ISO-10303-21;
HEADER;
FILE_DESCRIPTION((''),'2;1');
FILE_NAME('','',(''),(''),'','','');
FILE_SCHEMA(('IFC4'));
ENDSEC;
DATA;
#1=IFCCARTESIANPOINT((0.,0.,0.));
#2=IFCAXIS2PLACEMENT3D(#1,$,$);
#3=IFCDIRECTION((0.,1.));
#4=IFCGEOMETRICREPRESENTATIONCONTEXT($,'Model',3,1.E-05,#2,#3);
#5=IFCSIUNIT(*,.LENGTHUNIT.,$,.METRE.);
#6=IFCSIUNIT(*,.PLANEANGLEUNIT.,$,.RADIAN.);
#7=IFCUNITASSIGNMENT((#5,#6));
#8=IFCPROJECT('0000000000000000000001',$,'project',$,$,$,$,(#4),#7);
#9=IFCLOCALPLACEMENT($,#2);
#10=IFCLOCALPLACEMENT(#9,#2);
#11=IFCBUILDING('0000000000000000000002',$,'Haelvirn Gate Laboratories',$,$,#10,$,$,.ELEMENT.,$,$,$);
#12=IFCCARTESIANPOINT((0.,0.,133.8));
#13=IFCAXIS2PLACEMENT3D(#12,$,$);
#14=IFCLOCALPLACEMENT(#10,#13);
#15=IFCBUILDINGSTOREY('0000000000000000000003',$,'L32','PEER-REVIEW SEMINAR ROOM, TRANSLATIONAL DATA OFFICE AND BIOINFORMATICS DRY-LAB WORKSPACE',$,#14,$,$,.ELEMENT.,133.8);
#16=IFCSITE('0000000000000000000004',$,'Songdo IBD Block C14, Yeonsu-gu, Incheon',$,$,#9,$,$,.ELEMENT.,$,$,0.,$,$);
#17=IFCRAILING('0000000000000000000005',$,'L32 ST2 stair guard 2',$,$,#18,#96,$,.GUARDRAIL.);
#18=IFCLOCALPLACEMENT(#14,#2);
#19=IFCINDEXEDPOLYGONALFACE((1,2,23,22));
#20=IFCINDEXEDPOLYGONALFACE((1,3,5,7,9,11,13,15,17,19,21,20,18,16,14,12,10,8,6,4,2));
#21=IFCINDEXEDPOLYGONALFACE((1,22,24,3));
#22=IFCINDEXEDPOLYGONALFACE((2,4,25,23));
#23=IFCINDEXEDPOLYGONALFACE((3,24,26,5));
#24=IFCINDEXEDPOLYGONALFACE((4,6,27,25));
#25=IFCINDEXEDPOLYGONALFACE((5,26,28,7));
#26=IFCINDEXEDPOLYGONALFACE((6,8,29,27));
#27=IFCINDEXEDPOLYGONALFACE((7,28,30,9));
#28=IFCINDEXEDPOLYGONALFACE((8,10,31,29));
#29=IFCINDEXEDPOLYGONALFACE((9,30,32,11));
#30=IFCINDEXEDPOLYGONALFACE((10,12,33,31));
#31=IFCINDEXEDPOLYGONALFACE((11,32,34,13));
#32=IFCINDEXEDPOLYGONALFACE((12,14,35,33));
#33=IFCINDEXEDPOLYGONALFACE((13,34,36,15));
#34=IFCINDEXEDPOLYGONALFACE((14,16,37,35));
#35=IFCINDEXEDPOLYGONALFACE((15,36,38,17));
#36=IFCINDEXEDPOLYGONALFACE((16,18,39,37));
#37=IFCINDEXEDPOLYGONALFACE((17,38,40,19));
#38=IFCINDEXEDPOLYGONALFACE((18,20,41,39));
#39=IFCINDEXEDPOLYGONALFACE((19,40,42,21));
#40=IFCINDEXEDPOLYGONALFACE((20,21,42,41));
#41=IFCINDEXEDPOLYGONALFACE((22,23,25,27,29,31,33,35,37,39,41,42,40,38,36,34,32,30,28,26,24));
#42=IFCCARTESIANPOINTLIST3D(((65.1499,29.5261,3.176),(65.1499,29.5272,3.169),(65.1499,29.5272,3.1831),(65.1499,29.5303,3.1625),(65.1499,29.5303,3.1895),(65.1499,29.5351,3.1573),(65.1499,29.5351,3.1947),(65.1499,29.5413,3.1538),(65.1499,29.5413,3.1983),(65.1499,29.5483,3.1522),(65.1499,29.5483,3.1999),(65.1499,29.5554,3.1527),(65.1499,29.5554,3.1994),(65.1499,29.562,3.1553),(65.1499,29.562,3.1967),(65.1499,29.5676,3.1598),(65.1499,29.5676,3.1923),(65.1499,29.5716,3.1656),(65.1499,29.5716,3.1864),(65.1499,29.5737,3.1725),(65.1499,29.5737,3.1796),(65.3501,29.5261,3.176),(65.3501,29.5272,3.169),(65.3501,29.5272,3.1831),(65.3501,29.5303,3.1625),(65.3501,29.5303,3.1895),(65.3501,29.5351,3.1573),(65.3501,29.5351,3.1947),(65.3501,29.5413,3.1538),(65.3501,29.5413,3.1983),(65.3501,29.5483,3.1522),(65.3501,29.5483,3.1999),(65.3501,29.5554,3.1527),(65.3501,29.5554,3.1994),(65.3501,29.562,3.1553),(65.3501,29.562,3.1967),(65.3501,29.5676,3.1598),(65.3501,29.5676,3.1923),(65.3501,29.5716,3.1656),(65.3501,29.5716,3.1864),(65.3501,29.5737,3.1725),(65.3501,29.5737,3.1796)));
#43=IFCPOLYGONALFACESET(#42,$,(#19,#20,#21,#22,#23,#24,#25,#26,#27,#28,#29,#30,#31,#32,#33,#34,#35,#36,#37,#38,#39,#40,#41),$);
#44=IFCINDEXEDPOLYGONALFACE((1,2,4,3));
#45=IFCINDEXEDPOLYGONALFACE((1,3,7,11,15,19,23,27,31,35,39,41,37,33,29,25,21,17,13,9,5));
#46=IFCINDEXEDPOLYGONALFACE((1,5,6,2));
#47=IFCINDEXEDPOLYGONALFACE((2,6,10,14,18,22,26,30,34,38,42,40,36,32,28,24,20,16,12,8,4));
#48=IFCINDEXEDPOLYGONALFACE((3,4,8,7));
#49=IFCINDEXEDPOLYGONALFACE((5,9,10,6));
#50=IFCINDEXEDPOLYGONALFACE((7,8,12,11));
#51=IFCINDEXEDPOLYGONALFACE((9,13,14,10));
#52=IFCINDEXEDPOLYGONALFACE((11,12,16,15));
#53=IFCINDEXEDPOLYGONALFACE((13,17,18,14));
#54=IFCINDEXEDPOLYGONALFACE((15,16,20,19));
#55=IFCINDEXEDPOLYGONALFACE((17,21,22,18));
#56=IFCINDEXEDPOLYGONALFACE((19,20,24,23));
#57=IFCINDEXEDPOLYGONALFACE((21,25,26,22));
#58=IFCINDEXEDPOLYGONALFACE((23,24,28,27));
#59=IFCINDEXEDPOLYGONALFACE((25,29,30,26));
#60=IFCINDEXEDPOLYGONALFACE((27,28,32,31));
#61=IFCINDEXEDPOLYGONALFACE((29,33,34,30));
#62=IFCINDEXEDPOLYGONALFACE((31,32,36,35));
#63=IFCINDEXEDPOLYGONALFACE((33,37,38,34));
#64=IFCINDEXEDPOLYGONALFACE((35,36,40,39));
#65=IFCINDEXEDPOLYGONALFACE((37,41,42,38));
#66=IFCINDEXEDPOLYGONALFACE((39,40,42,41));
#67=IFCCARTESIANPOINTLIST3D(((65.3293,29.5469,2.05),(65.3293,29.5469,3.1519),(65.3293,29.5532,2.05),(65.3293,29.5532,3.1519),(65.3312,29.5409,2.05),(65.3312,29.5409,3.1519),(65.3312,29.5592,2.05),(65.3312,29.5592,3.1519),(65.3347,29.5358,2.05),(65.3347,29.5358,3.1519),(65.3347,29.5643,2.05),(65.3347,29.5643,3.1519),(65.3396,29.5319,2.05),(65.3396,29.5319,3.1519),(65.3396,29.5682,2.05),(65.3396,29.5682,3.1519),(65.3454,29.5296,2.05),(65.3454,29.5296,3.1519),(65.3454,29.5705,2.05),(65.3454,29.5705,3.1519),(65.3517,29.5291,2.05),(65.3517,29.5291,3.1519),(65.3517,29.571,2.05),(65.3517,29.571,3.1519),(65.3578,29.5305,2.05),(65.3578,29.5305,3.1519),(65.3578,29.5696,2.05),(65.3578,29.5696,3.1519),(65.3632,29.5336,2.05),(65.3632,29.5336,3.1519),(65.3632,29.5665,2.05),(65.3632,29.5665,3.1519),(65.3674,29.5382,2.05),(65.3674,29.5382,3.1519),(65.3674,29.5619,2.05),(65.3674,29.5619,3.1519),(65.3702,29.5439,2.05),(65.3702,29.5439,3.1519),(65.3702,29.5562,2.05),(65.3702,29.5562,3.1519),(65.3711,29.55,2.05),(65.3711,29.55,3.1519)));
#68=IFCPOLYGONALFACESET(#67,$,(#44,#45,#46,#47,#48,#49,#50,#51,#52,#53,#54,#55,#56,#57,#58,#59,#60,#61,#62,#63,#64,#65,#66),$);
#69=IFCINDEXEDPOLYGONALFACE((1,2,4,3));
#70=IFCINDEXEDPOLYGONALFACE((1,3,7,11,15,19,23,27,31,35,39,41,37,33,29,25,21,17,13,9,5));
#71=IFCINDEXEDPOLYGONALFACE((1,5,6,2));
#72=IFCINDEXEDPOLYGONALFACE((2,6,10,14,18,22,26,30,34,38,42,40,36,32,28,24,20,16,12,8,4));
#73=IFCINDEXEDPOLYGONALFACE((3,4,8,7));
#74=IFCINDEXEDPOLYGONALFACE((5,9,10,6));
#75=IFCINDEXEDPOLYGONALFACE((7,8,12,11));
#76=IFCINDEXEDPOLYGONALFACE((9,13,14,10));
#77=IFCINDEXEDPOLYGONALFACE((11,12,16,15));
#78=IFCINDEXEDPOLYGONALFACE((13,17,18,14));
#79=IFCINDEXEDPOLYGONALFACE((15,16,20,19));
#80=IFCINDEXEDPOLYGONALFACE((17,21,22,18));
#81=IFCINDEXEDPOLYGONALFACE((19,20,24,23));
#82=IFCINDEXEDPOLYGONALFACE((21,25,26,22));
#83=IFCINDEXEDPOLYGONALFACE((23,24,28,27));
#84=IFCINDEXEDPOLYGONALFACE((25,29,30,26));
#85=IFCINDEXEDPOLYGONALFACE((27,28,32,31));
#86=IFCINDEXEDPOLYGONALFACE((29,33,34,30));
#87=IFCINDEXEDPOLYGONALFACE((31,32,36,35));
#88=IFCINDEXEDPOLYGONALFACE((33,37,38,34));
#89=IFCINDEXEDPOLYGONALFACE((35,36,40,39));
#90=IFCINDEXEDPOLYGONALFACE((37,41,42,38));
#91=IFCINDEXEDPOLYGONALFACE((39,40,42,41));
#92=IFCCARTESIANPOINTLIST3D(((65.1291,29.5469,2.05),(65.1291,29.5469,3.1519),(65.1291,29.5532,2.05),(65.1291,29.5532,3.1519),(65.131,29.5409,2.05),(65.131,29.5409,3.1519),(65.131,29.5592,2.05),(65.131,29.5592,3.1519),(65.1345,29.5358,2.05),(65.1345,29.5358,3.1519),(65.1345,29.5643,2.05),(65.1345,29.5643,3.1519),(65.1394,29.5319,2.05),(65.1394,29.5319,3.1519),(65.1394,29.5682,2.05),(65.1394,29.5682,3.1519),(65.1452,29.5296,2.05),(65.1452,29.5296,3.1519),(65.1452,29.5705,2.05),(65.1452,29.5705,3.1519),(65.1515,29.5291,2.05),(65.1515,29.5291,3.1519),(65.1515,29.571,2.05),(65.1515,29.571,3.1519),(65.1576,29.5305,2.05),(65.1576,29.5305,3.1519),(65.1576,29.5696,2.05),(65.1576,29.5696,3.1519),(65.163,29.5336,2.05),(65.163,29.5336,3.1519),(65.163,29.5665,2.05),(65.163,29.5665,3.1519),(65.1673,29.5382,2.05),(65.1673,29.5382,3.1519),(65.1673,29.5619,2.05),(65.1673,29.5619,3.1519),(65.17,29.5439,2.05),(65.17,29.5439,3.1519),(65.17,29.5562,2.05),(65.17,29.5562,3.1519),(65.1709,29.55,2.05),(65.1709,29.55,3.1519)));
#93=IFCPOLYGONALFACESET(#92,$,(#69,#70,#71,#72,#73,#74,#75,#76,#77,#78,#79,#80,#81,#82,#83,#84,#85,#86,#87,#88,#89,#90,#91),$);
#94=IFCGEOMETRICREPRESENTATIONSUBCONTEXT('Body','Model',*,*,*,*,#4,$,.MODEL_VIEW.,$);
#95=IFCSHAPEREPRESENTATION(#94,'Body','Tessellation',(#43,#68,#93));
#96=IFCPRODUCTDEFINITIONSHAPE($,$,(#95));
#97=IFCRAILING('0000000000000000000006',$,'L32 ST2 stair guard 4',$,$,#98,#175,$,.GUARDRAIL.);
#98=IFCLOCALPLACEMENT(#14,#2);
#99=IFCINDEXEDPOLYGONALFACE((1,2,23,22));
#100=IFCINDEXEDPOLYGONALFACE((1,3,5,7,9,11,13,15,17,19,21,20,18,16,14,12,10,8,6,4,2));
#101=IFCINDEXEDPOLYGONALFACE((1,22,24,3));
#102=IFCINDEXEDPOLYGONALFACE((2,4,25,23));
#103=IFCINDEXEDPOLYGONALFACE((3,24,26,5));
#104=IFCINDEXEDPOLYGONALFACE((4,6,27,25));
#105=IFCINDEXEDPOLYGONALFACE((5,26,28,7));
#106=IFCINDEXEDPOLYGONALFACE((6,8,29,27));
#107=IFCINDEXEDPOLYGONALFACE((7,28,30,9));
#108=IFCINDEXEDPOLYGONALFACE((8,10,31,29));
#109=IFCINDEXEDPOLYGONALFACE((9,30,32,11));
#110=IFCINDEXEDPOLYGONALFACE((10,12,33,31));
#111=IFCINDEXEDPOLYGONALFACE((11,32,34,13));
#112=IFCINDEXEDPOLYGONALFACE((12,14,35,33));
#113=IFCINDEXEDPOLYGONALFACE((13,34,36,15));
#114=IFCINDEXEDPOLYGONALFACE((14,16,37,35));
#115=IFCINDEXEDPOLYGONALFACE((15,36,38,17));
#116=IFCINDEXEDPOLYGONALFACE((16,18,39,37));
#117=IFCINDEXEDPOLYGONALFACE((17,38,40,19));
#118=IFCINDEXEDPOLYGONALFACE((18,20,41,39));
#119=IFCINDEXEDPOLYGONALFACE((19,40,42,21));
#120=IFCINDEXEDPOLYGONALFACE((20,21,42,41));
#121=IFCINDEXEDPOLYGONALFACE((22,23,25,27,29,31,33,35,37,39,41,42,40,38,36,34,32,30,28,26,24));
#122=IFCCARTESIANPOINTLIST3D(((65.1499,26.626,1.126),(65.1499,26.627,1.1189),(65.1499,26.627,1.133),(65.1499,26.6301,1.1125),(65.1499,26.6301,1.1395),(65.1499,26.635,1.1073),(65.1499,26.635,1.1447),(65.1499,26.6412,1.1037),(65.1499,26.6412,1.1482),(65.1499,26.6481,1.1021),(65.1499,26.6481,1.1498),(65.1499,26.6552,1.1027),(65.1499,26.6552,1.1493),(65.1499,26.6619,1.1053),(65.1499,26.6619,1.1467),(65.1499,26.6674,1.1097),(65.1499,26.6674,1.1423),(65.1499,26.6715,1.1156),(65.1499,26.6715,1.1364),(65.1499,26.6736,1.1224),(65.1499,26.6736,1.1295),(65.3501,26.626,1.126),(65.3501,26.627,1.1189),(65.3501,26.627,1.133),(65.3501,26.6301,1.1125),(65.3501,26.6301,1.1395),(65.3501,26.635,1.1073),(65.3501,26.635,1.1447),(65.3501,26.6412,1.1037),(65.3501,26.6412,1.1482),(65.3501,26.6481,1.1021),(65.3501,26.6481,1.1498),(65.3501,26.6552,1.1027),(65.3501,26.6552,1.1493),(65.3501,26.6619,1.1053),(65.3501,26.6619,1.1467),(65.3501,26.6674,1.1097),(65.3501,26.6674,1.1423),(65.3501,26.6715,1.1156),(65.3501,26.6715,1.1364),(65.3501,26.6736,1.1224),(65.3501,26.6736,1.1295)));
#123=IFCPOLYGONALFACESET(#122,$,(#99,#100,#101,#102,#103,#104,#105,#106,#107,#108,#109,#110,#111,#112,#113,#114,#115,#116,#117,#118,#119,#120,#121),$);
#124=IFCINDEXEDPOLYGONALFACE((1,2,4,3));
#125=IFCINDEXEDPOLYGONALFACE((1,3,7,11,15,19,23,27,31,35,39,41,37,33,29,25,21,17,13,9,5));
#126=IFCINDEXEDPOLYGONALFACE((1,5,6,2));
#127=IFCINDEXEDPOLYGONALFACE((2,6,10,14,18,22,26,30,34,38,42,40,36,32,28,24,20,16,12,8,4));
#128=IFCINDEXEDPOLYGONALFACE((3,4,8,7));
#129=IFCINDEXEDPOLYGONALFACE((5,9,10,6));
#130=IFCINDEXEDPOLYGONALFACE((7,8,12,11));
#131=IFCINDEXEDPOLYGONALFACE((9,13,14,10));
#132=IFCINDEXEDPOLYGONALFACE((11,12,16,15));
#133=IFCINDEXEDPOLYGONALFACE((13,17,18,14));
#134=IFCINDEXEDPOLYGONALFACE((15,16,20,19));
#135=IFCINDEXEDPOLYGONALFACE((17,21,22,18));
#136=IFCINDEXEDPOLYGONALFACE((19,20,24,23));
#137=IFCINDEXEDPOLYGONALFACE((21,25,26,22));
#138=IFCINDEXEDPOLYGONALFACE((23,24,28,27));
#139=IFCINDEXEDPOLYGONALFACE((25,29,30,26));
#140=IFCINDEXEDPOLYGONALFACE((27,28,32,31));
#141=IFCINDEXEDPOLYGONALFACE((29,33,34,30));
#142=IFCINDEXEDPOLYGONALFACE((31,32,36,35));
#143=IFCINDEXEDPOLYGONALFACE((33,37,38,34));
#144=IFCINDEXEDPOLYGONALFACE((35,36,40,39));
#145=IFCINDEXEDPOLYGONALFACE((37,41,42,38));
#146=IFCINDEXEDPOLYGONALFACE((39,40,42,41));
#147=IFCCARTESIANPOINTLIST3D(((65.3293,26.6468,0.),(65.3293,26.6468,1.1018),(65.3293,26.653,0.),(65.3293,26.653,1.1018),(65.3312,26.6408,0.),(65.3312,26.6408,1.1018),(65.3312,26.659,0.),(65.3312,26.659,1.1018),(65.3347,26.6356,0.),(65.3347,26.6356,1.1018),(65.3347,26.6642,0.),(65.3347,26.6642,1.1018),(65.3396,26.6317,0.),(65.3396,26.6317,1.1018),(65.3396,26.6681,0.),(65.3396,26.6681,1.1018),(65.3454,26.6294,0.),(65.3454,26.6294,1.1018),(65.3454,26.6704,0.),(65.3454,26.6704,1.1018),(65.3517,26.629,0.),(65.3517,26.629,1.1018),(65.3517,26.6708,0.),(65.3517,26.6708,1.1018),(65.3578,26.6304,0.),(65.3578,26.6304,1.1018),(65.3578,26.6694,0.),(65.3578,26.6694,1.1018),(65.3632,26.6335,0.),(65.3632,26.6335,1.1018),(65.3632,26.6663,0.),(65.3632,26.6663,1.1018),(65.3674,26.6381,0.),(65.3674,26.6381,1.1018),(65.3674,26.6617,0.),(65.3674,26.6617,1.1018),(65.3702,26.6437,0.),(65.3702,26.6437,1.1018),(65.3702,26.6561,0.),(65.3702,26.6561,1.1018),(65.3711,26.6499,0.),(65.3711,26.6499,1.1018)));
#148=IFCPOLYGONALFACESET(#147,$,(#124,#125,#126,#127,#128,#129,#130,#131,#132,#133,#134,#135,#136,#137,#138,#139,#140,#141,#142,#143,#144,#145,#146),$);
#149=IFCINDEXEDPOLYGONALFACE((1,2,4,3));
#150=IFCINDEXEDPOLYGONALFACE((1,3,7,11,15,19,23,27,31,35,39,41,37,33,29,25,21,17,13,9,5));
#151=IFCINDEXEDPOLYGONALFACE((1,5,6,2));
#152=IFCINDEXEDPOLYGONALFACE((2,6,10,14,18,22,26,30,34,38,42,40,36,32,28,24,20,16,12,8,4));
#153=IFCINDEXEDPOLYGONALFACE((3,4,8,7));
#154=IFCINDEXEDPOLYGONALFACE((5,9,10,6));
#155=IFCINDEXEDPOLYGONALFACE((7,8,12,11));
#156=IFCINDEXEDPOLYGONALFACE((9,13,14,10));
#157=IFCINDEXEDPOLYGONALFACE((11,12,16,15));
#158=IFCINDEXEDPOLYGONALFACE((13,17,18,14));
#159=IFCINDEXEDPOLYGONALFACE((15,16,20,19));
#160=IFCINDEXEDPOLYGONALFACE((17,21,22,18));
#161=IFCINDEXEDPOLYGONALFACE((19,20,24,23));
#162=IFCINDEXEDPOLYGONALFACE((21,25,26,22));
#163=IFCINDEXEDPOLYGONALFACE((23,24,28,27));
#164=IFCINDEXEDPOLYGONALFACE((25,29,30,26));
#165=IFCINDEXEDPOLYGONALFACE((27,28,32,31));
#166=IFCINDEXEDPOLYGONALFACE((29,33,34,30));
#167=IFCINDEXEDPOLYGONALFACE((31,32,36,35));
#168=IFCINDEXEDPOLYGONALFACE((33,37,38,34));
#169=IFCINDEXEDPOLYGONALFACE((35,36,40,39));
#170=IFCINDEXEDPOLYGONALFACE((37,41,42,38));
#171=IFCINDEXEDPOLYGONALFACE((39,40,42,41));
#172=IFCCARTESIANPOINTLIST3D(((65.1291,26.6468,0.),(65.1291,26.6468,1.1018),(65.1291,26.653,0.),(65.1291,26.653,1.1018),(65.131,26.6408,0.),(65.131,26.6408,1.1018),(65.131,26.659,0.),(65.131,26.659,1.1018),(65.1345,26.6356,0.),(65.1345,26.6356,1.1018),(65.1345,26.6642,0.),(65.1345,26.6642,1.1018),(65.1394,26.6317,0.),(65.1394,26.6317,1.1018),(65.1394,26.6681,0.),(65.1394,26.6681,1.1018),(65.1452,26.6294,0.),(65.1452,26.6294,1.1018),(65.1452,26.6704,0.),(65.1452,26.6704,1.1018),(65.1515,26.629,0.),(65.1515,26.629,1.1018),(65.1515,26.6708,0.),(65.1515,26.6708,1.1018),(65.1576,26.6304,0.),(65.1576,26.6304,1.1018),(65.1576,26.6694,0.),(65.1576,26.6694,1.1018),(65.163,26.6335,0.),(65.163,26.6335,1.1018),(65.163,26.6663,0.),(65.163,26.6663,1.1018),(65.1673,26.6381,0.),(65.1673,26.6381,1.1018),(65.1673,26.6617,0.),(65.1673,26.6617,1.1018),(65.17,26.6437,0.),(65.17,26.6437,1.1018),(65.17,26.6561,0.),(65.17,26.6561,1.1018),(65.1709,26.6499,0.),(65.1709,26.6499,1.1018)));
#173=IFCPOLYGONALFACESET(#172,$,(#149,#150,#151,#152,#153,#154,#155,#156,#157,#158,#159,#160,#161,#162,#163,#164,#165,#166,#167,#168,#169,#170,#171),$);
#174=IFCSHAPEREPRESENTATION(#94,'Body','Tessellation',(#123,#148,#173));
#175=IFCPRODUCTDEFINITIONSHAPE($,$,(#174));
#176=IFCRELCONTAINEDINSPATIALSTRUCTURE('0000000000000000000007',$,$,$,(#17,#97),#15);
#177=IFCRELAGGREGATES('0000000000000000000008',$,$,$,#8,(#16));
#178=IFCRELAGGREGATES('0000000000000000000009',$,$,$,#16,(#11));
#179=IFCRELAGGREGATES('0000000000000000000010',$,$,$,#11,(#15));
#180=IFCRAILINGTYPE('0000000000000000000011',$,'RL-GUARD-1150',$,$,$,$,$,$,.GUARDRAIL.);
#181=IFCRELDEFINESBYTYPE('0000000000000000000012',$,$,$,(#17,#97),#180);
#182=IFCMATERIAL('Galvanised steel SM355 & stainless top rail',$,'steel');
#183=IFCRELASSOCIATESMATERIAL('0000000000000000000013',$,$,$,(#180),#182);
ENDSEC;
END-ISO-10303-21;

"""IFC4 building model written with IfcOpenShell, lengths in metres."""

from ifc_helpers import new_model, si_unit, direction, frame, origin, origin_2d, place, context, subcontext, project, spatial, circle, extrude, source, transform, mapped, material, type_object, element, save


model = new_model("IFC4")

# Units and contexts
model_context = context("Model", 3, precision=1e-05, world=origin(), true_north=direction((0.0, 1.0)))
body_context = subcontext(model_context, "Body", "Model", "MODEL_VIEW")
ifc_project = project(units=[si_unit("LENGTHUNIT", "METRE"), si_unit("PLANEANGLEUNIT", "RADIAN")], contexts=[model_context])

# Site, building, storey
site_placement = place(None, origin())
site = spatial("IfcSite", under=ifc_project, at=site_placement, Name="Songdo IBD Block C14, Yeonsu-gu, Incheon", CompositionType="ELEMENT", RefElevation=0.0)
building_placement = place(site_placement, origin())
building = spatial("IfcBuilding", under=site, at=building_placement, Name="Haelvirn Gate Laboratories", CompositionType="ELEMENT")
storey_placement = place(building_placement, frame((0.0, 0.0, 133.8)))
storey = spatial("IfcBuildingStorey", under=building, at=storey_placement, Name="L32", Description="PEER-REVIEW SEMINAR ROOM, TRANSLATIONAL DATA OFFICE AND BIOINFORMATICS DRY-LAB WORKSPACE", CompositionType="ELEMENT", Elevation=133.8)

# Railings
ifc_material_1 = material(Name="Galvanised steel SM355 & stainless top rail", Category="steel")
railing_type_1 = type_object("IfcRailingType", Name="RL-GUARD-1150", PredefinedType="GUARDRAIL", material=ifc_material_1)
shared_shape_1 = source(origin(), body_context, "Body", "SweptSolid", [
    extrude(circle(Radius=0.0239, at=origin_2d()), frame((0.0, 0.0, 1.126), z_axis=(-1.0, 0.0, 0.0), x_axis=(0.0, -1.0, 0.0)), (0.0, 0.0, 1.0), 0.2002),
    extrude(circle(Radius=0.021, at=origin_2d()), origin(), (0.0, 0.0, 1.0), 1.1018),
    extrude(circle(Radius=0.021, at=origin_2d()), frame((-0.2002, 0.0, 0.0)), (0.0, 0.0, 1.0), 1.1018),
])
for number, where, name in (
    (1, (65.3501, 29.55, 2.05), "L32 ST2 stair guard 2"),
    (2, (65.3501, 26.6499, 0.0), "L32 ST2 stair guard 4"),
):
    element("IfcRailing", number, at=place(storey_placement, frame(where)), inside=storey, type_object=railing_type_1, Name=name, PredefinedType="GUARDRAIL", context=body_context, shape_type="MappedRepresentation", body=[
        mapped(shared_shape_1, transform((0.0, 0.0, 0.0), scale=1.0)),
    ])

save(model, "model.ifc")
